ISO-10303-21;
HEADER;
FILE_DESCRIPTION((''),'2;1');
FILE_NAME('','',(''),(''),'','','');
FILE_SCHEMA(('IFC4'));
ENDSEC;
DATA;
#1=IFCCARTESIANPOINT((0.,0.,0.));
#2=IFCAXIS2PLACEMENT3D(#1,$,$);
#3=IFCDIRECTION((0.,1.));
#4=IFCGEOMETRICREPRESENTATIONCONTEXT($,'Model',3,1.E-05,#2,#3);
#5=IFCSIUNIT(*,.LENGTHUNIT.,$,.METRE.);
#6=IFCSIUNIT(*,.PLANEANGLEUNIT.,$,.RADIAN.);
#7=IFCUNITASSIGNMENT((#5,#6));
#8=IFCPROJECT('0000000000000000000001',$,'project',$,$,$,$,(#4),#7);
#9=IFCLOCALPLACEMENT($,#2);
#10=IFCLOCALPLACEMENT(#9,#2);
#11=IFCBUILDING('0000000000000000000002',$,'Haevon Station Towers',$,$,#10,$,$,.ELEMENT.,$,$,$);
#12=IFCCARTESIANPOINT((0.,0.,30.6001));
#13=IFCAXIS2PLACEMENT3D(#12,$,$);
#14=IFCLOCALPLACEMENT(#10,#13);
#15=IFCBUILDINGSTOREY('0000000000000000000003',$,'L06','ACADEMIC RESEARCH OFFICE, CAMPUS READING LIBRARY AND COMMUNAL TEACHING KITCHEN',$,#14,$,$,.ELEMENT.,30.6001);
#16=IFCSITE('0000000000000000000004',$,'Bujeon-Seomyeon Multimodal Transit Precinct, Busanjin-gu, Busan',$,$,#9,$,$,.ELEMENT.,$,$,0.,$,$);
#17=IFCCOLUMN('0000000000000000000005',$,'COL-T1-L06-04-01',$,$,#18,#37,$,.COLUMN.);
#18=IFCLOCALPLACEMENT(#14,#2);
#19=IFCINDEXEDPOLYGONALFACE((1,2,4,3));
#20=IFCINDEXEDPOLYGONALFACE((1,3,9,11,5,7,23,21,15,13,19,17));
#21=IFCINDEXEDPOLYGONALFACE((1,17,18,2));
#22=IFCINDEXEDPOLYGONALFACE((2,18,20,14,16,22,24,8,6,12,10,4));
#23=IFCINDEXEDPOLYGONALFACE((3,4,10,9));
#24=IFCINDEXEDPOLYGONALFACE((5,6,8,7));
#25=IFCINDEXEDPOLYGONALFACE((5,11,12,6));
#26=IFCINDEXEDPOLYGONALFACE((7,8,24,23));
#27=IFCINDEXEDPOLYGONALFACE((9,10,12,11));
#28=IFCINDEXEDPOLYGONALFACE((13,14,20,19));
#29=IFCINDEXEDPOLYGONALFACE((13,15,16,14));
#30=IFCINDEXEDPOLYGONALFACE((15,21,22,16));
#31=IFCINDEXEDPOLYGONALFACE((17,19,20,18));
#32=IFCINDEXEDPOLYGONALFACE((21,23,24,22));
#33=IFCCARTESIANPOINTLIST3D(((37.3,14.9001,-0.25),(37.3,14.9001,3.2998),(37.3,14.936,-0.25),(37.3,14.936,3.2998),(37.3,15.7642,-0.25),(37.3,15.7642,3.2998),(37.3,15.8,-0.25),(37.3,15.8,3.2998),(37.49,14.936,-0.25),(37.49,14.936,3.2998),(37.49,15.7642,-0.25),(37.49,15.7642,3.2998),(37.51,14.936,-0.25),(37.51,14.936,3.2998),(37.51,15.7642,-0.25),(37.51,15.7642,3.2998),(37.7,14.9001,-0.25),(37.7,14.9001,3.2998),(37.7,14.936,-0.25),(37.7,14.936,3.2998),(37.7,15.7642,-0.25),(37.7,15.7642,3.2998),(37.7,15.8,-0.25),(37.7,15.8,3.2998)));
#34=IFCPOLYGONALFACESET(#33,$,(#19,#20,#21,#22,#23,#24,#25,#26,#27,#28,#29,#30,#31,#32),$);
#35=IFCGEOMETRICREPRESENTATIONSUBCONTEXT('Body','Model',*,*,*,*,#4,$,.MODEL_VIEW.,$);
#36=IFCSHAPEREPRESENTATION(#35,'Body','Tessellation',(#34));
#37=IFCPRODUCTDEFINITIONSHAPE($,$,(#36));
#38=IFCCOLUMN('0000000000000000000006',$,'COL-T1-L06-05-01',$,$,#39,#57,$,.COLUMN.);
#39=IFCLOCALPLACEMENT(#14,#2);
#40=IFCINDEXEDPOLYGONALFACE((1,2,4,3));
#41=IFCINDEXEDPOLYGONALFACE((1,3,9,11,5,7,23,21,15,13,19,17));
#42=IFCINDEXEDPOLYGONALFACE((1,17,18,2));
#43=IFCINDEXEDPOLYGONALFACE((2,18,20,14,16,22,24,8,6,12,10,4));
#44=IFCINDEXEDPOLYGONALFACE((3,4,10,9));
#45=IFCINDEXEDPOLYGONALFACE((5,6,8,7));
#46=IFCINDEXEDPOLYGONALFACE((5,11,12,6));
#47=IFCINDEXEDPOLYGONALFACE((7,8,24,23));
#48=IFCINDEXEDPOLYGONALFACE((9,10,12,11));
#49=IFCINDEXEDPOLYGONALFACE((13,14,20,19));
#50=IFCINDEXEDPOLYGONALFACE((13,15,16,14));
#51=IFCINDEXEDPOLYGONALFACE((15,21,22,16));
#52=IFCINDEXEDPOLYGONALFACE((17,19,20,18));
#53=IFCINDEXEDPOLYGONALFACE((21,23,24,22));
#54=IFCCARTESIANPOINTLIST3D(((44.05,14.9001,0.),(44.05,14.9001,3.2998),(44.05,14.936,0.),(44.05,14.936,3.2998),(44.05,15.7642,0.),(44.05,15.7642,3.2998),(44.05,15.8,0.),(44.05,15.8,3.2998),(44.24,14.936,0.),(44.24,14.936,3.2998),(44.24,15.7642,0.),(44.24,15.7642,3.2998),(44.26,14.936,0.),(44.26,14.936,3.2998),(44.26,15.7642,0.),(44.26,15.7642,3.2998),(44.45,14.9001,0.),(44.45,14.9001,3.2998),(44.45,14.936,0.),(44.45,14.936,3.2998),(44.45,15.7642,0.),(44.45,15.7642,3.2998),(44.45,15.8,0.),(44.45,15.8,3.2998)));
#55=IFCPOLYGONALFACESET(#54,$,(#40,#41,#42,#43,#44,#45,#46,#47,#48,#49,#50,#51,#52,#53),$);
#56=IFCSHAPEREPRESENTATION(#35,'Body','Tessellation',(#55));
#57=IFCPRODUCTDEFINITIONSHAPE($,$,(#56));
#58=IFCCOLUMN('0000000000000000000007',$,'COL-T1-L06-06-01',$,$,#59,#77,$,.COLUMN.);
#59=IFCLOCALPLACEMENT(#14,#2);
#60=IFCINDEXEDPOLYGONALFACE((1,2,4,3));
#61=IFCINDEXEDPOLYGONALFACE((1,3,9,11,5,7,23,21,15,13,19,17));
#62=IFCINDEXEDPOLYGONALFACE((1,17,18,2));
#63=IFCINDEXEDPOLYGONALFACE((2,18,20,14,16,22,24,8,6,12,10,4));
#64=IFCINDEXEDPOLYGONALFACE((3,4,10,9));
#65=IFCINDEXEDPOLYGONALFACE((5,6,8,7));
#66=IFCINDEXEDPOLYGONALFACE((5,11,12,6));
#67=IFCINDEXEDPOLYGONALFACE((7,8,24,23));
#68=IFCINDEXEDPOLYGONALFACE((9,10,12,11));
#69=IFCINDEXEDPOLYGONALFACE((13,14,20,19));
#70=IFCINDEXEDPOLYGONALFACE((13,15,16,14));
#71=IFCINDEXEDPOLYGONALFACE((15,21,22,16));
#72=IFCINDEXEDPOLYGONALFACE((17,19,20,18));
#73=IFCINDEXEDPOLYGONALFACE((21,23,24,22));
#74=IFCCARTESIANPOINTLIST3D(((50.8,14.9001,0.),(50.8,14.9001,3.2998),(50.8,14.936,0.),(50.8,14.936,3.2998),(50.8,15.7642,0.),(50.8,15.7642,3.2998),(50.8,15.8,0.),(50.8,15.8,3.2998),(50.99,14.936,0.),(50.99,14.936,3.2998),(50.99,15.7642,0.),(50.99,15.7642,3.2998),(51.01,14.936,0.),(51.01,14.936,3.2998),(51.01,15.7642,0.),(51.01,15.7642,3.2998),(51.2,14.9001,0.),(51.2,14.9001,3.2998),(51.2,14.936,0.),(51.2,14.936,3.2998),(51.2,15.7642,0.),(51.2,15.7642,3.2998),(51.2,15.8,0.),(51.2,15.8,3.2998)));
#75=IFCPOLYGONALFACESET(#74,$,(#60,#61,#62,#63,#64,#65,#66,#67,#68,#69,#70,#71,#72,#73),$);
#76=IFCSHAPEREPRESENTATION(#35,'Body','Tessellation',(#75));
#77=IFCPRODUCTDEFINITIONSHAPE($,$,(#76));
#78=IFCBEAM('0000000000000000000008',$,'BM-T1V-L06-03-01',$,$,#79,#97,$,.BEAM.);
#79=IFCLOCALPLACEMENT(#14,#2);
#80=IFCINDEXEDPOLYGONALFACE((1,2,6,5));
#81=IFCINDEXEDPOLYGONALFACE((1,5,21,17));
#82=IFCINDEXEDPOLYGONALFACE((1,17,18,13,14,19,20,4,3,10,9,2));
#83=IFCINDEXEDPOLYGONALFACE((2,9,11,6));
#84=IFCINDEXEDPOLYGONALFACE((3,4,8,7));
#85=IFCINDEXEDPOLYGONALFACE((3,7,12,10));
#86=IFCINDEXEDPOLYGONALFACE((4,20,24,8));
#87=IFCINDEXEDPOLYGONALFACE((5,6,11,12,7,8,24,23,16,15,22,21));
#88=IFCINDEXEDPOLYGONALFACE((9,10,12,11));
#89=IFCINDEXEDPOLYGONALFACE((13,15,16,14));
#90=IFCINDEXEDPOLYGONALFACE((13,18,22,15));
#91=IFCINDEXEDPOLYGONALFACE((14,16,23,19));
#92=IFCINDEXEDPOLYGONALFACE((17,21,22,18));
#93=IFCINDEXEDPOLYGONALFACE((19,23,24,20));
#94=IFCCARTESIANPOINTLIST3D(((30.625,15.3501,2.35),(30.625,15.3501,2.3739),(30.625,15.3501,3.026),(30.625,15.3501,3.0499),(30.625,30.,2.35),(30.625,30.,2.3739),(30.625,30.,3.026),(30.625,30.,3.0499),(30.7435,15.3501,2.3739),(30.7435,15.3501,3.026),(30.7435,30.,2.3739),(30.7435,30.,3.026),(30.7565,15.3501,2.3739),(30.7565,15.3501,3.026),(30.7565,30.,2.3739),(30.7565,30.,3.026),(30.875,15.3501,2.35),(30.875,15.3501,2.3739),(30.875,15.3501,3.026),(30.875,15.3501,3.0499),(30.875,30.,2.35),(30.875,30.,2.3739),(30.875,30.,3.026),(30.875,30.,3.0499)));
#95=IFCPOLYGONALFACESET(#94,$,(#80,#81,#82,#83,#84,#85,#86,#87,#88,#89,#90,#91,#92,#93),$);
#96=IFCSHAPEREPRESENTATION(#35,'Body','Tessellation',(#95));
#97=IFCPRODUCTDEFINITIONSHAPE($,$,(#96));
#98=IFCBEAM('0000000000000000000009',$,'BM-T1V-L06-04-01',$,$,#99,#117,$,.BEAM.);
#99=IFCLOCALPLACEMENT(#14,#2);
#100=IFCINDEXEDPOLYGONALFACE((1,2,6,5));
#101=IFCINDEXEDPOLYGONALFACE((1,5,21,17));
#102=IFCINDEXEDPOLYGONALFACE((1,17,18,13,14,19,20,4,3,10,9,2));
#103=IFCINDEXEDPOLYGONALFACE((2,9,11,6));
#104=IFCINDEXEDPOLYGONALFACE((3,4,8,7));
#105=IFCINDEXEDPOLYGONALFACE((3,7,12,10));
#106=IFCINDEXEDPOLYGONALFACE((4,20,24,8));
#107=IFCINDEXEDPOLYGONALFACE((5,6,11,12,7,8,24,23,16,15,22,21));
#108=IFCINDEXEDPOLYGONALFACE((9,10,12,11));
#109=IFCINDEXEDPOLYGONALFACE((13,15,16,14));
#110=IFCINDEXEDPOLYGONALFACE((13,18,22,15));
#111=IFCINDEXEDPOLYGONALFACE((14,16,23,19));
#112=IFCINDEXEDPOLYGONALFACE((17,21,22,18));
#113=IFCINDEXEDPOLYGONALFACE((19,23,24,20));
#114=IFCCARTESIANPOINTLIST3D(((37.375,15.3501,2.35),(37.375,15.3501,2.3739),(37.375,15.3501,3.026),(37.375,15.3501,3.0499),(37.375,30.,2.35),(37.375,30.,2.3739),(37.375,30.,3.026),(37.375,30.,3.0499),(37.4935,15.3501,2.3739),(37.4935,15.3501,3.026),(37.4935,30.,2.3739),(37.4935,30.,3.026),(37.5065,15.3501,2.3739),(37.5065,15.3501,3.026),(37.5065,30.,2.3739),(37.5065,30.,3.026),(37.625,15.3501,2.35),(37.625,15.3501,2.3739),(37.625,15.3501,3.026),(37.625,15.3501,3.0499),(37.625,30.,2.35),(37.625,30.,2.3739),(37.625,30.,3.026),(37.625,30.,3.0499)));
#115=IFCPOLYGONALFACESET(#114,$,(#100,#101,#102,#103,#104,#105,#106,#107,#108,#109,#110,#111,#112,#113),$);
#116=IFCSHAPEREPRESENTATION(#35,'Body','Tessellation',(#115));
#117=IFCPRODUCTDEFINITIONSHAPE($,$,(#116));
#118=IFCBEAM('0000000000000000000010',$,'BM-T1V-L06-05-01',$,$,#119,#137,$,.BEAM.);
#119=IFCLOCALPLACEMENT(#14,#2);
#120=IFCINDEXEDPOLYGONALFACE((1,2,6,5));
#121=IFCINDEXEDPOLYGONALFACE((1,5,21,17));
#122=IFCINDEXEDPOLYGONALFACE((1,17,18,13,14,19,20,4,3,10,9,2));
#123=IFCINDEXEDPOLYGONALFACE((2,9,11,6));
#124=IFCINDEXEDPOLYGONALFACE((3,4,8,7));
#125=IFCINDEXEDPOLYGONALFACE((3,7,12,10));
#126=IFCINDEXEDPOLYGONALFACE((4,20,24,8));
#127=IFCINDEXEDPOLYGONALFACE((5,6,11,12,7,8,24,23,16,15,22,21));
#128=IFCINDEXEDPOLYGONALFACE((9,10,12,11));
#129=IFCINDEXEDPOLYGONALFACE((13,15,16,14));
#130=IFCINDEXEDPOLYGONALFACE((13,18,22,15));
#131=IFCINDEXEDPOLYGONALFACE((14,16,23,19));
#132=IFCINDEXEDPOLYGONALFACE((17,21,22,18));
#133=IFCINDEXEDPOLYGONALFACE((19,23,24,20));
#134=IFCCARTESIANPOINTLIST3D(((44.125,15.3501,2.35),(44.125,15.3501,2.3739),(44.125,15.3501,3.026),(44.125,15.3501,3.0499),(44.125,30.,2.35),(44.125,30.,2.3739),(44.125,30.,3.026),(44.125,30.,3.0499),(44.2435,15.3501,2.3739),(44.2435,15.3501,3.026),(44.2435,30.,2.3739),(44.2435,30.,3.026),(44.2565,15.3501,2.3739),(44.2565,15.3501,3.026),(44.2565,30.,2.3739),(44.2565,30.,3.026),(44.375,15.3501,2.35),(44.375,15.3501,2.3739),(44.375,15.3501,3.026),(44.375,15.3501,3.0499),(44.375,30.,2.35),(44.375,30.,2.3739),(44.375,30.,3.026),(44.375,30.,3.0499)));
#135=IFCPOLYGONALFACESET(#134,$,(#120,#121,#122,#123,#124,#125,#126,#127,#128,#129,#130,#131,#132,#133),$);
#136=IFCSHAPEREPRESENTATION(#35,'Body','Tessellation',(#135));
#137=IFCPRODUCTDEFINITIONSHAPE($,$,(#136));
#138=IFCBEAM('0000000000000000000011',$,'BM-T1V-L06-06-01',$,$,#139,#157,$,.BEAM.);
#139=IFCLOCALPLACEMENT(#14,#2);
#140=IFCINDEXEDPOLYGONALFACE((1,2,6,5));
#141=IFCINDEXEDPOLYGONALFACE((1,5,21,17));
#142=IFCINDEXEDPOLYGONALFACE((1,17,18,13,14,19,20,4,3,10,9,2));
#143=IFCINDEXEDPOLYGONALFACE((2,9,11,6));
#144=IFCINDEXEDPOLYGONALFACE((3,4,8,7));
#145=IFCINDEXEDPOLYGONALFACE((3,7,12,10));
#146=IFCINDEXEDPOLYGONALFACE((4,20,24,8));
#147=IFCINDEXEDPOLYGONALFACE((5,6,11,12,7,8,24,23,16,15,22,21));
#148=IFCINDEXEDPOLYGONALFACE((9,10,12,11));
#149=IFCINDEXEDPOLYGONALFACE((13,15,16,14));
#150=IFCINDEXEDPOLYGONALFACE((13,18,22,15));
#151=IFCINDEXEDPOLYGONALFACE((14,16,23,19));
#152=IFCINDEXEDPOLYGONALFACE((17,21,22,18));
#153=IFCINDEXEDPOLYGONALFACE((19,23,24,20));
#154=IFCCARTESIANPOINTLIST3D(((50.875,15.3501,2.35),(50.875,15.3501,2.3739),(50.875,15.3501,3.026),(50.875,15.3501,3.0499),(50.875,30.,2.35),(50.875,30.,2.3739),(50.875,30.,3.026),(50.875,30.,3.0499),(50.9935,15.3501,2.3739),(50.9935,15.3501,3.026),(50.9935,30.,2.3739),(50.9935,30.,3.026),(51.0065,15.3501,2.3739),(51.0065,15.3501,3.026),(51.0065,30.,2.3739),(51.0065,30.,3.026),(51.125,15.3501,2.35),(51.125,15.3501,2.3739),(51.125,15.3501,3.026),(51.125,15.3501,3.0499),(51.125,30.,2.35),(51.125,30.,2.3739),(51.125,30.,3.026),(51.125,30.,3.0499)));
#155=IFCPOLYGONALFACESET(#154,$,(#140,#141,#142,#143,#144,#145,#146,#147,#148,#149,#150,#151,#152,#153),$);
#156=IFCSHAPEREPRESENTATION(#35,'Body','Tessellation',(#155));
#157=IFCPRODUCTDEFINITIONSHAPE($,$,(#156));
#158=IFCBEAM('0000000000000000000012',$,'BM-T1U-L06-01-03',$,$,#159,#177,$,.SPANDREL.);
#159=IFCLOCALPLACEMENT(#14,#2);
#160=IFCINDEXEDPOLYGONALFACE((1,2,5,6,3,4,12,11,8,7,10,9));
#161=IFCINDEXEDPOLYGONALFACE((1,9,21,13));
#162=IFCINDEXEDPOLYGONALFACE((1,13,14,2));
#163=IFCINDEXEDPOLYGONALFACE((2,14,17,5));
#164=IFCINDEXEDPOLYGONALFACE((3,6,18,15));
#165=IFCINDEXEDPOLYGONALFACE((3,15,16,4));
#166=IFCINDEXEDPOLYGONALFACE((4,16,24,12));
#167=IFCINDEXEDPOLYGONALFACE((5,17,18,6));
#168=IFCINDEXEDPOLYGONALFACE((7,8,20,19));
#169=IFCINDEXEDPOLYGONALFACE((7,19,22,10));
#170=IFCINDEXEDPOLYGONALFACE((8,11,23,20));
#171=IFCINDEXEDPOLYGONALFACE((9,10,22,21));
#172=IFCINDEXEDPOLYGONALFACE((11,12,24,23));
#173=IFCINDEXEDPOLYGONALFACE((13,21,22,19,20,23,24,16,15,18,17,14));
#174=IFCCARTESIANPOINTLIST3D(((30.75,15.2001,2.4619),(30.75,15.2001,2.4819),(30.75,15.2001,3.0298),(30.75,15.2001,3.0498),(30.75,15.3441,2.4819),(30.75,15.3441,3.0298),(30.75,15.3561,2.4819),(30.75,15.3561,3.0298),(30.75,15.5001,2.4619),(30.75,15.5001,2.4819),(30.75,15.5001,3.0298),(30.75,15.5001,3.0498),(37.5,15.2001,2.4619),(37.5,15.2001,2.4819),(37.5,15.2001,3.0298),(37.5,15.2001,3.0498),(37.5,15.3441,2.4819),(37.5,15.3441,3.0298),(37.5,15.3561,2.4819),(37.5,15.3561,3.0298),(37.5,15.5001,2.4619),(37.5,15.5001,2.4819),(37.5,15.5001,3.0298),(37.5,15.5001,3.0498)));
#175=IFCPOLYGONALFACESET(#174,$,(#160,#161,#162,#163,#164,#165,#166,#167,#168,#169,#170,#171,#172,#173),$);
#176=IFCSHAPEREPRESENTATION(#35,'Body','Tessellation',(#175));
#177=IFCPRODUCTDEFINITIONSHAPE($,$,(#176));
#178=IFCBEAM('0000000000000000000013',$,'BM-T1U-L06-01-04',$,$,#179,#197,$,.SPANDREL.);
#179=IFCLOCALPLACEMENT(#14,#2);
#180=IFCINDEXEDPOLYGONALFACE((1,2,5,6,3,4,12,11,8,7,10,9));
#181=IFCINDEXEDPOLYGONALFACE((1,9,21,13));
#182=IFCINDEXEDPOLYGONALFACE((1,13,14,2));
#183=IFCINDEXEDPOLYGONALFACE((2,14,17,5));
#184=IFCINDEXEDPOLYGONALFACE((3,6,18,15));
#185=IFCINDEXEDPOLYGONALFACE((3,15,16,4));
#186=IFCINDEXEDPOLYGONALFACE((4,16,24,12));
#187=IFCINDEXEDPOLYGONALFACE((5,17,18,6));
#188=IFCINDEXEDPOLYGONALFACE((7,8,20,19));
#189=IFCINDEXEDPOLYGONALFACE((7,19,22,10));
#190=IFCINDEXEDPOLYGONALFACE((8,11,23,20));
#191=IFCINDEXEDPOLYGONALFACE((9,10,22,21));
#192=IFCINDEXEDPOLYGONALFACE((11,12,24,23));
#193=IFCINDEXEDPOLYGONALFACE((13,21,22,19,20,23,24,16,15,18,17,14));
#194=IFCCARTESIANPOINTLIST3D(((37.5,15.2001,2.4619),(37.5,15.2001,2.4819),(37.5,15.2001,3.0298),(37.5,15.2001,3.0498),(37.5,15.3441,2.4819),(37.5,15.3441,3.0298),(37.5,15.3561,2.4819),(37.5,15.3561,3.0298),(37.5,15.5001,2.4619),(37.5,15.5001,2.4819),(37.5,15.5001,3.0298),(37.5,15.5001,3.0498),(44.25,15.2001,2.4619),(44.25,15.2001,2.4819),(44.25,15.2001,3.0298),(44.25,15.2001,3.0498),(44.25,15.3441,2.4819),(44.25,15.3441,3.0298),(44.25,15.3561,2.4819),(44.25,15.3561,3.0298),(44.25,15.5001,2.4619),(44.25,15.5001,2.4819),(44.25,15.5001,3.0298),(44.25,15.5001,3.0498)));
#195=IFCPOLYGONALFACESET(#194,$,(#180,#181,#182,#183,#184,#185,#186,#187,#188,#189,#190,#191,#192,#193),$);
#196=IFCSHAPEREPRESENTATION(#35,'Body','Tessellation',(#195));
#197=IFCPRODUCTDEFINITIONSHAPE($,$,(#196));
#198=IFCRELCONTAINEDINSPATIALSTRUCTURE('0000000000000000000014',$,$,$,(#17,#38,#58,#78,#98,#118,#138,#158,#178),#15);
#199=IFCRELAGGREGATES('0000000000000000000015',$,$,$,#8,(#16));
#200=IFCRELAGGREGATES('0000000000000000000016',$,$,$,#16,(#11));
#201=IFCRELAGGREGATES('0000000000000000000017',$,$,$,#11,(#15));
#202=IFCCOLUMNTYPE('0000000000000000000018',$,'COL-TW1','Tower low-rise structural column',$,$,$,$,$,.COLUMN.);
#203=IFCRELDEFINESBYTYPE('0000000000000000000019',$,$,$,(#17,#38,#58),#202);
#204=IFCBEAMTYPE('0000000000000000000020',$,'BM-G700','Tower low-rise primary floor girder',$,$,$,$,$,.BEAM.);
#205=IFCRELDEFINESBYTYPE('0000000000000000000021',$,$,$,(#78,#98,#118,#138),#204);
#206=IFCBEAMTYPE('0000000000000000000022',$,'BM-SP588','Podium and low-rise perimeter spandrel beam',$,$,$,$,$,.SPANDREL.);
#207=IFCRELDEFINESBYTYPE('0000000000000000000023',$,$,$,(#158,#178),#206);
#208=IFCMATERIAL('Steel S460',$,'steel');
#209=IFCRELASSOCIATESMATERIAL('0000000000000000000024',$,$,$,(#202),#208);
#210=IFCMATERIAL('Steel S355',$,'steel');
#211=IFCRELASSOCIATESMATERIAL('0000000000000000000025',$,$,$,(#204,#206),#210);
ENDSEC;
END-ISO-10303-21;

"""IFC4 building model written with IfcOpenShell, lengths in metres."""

from ifc_helpers import new_model, si_unit, direction, frame, origin, origin_2d, place, context, subcontext, project, spatial, i_section, extrude, material, material_profile, profile_set, type_object, element, save


model = new_model("IFC4")

# Units and contexts
model_context = context("Model", 3, precision=1e-05, world=origin(), true_north=direction((0.0, 1.0)))
body_context = subcontext(model_context, "Body", "Model", "MODEL_VIEW")
ifc_project = project(units=[si_unit("LENGTHUNIT", "METRE"), si_unit("PLANEANGLEUNIT", "RADIAN")], contexts=[model_context])

# Site, building, storey
site_placement = place(None, origin())
site = spatial("IfcSite", under=ifc_project, at=site_placement, Name="Bujeon-Seomyeon Multimodal Transit Precinct, Busanjin-gu, Busan", CompositionType="ELEMENT", RefElevation=0.0)
building_placement = place(site_placement, origin())
building = spatial("IfcBuilding", under=site, at=building_placement, Name="Haevon Station Towers", CompositionType="ELEMENT")
storey_placement = place(building_placement, frame((0.0, 0.0, 30.6001)))
storey = spatial("IfcBuildingStorey", under=building, at=storey_placement, Name="L06", Description="ACADEMIC RESEARCH OFFICE, CAMPUS READING LIBRARY AND COMMUNAL TEACHING KITCHEN", CompositionType="ELEMENT", Elevation=30.6001)

# Columns
ifc_material_1 = material(Name="Steel S460", Category="steel")
ifc_material_profile_1 = material_profile(ifc_material_1, i_section(OverallWidth=0.3999, OverallDepth=0.8999, WebThickness=0.02, FlangeThickness=0.0359, at=origin_2d()), Name="H-900x400x20x36")
ifc_profile_set_1 = profile_set([ifc_material_profile_1], Name="Steel S460")
column_type = type_object("IfcColumnType", Name="COL-TW1", Description="Tower low-rise structural column", PredefinedType="COLUMN", material=ifc_profile_set_1)
column_placement = place(storey_placement, frame((37.5, 15.3501, -0.25), z_axis=(0.0, 0.0, 1.0), x_axis=(1.0, 0.0, 0.0)))
element("IfcColumn", 1, at=column_placement, inside=storey, type_object=column_type, Name="COL-T1-L06-04-01", PredefinedType="COLUMN", context=body_context, shape_type="SweptSolid", body=[
    extrude(i_section(OverallWidth=0.3999, OverallDepth=0.8999, WebThickness=0.02, FlangeThickness=0.0359, at=origin_2d()), origin(), (0.0, 0.0, 1.0), 3.5498),
])
for number, where, z_axis, x_axis, name in (
    (2, (44.25, 15.3501, 0.0), (0.0, 0.0, 1.0), (1.0, 0.0, 0.0), "COL-T1-L06-05-01"),
    (3, (51.0, 15.3501, 0.0), (0.0, 0.0, 1.0), (1.0, 0.0, 0.0), "COL-T1-L06-06-01"),
):
    element("IfcColumn", number, at=place(storey_placement, frame(where, z_axis=z_axis, x_axis=x_axis)), inside=storey, type_object=column_type, Name=name, PredefinedType="COLUMN", context=body_context, shape_type="SweptSolid", body=[
        extrude(i_section(OverallWidth=0.3999, OverallDepth=0.8999, WebThickness=0.02, FlangeThickness=0.0359, at=origin_2d()), origin(), (0.0, 0.0, 1.0), 3.2998),
    ])

# Beams
ifc_material_2 = material(Name="Steel S355", Category="steel")
ifc_material_profile_2 = material_profile(ifc_material_2, i_section(OverallWidth=0.25, OverallDepth=0.7, WebThickness=0.0129, FlangeThickness=0.0239, at=origin_2d()), Name="H-700x250x13x24")
ifc_profile_set_2 = profile_set([ifc_material_profile_2], Name="Steel S355")
beam_type_1 = type_object("IfcBeamType", Name="BM-G700", Description="Tower low-rise primary floor girder", PredefinedType="BEAM", material=ifc_profile_set_2)
for number, where, z_axis, x_axis, name in (
    (4, (30.75, 15.3501, 2.7), (0.0, 1.0, 0.0), (-1.0, 0.0, 0.0), "BM-T1V-L06-03-01"),
    (5, (37.5, 15.3501, 2.7), (0.0, 1.0, 0.0), (-1.0, 0.0, 0.0), "BM-T1V-L06-04-01"),
    (6, (44.25, 15.3501, 2.7), (0.0, 1.0, 0.0), (-1.0, 0.0, 0.0), "BM-T1V-L06-05-01"),
    (7, (51.0, 15.3501, 2.7), (0.0, 1.0, 0.0), (-1.0, 0.0, 0.0), "BM-T1V-L06-06-01"),
):
    element("IfcBeam", number, at=place(storey_placement, frame(where, z_axis=z_axis, x_axis=x_axis)), inside=storey, type_object=beam_type_1, Name=name, PredefinedType="BEAM", context=body_context, shape_type="SweptSolid", body=[
        extrude(i_section(OverallWidth=0.25, OverallDepth=0.7, WebThickness=0.0129, FlangeThickness=0.0239, at=origin_2d()), origin(), (0.0, 0.0, 1.0), 14.6499),
    ])
ifc_material_profile_3 = material_profile(ifc_material_2, i_section(OverallWidth=0.3, OverallDepth=0.5879, WebThickness=0.012, FlangeThickness=0.02, at=origin_2d()), Name="H-588x300x12x20")
ifc_profile_set_3 = profile_set([ifc_material_profile_3], Name="Steel S355")
beam_type_2 = type_object("IfcBeamType", Name="BM-SP588", Description="Podium and low-rise perimeter spandrel beam", PredefinedType="SPANDREL", material=ifc_profile_set_3)
for number, where, z_axis, x_axis, name in (
    (8, (30.75, 15.3501, 2.7559), (1.0, 0.0, 0.0), (0.0, 1.0, 0.0), "BM-T1U-L06-01-03"),
    (9, (37.5, 15.3501, 2.7559), (1.0, 0.0, 0.0), (0.0, 1.0, 0.0), "BM-T1U-L06-01-04"),
):
    element("IfcBeam", number, at=place(storey_placement, frame(where, z_axis=z_axis, x_axis=x_axis)), inside=storey, type_object=beam_type_2, Name=name, PredefinedType="SPANDREL", context=body_context, shape_type="SweptSolid", body=[
        extrude(i_section(OverallWidth=0.3, OverallDepth=0.5879, WebThickness=0.012, FlangeThickness=0.02, at=origin_2d()), origin(), (0.0, 0.0, 1.0), 6.75),
    ])

save(model, "model.ifc")
